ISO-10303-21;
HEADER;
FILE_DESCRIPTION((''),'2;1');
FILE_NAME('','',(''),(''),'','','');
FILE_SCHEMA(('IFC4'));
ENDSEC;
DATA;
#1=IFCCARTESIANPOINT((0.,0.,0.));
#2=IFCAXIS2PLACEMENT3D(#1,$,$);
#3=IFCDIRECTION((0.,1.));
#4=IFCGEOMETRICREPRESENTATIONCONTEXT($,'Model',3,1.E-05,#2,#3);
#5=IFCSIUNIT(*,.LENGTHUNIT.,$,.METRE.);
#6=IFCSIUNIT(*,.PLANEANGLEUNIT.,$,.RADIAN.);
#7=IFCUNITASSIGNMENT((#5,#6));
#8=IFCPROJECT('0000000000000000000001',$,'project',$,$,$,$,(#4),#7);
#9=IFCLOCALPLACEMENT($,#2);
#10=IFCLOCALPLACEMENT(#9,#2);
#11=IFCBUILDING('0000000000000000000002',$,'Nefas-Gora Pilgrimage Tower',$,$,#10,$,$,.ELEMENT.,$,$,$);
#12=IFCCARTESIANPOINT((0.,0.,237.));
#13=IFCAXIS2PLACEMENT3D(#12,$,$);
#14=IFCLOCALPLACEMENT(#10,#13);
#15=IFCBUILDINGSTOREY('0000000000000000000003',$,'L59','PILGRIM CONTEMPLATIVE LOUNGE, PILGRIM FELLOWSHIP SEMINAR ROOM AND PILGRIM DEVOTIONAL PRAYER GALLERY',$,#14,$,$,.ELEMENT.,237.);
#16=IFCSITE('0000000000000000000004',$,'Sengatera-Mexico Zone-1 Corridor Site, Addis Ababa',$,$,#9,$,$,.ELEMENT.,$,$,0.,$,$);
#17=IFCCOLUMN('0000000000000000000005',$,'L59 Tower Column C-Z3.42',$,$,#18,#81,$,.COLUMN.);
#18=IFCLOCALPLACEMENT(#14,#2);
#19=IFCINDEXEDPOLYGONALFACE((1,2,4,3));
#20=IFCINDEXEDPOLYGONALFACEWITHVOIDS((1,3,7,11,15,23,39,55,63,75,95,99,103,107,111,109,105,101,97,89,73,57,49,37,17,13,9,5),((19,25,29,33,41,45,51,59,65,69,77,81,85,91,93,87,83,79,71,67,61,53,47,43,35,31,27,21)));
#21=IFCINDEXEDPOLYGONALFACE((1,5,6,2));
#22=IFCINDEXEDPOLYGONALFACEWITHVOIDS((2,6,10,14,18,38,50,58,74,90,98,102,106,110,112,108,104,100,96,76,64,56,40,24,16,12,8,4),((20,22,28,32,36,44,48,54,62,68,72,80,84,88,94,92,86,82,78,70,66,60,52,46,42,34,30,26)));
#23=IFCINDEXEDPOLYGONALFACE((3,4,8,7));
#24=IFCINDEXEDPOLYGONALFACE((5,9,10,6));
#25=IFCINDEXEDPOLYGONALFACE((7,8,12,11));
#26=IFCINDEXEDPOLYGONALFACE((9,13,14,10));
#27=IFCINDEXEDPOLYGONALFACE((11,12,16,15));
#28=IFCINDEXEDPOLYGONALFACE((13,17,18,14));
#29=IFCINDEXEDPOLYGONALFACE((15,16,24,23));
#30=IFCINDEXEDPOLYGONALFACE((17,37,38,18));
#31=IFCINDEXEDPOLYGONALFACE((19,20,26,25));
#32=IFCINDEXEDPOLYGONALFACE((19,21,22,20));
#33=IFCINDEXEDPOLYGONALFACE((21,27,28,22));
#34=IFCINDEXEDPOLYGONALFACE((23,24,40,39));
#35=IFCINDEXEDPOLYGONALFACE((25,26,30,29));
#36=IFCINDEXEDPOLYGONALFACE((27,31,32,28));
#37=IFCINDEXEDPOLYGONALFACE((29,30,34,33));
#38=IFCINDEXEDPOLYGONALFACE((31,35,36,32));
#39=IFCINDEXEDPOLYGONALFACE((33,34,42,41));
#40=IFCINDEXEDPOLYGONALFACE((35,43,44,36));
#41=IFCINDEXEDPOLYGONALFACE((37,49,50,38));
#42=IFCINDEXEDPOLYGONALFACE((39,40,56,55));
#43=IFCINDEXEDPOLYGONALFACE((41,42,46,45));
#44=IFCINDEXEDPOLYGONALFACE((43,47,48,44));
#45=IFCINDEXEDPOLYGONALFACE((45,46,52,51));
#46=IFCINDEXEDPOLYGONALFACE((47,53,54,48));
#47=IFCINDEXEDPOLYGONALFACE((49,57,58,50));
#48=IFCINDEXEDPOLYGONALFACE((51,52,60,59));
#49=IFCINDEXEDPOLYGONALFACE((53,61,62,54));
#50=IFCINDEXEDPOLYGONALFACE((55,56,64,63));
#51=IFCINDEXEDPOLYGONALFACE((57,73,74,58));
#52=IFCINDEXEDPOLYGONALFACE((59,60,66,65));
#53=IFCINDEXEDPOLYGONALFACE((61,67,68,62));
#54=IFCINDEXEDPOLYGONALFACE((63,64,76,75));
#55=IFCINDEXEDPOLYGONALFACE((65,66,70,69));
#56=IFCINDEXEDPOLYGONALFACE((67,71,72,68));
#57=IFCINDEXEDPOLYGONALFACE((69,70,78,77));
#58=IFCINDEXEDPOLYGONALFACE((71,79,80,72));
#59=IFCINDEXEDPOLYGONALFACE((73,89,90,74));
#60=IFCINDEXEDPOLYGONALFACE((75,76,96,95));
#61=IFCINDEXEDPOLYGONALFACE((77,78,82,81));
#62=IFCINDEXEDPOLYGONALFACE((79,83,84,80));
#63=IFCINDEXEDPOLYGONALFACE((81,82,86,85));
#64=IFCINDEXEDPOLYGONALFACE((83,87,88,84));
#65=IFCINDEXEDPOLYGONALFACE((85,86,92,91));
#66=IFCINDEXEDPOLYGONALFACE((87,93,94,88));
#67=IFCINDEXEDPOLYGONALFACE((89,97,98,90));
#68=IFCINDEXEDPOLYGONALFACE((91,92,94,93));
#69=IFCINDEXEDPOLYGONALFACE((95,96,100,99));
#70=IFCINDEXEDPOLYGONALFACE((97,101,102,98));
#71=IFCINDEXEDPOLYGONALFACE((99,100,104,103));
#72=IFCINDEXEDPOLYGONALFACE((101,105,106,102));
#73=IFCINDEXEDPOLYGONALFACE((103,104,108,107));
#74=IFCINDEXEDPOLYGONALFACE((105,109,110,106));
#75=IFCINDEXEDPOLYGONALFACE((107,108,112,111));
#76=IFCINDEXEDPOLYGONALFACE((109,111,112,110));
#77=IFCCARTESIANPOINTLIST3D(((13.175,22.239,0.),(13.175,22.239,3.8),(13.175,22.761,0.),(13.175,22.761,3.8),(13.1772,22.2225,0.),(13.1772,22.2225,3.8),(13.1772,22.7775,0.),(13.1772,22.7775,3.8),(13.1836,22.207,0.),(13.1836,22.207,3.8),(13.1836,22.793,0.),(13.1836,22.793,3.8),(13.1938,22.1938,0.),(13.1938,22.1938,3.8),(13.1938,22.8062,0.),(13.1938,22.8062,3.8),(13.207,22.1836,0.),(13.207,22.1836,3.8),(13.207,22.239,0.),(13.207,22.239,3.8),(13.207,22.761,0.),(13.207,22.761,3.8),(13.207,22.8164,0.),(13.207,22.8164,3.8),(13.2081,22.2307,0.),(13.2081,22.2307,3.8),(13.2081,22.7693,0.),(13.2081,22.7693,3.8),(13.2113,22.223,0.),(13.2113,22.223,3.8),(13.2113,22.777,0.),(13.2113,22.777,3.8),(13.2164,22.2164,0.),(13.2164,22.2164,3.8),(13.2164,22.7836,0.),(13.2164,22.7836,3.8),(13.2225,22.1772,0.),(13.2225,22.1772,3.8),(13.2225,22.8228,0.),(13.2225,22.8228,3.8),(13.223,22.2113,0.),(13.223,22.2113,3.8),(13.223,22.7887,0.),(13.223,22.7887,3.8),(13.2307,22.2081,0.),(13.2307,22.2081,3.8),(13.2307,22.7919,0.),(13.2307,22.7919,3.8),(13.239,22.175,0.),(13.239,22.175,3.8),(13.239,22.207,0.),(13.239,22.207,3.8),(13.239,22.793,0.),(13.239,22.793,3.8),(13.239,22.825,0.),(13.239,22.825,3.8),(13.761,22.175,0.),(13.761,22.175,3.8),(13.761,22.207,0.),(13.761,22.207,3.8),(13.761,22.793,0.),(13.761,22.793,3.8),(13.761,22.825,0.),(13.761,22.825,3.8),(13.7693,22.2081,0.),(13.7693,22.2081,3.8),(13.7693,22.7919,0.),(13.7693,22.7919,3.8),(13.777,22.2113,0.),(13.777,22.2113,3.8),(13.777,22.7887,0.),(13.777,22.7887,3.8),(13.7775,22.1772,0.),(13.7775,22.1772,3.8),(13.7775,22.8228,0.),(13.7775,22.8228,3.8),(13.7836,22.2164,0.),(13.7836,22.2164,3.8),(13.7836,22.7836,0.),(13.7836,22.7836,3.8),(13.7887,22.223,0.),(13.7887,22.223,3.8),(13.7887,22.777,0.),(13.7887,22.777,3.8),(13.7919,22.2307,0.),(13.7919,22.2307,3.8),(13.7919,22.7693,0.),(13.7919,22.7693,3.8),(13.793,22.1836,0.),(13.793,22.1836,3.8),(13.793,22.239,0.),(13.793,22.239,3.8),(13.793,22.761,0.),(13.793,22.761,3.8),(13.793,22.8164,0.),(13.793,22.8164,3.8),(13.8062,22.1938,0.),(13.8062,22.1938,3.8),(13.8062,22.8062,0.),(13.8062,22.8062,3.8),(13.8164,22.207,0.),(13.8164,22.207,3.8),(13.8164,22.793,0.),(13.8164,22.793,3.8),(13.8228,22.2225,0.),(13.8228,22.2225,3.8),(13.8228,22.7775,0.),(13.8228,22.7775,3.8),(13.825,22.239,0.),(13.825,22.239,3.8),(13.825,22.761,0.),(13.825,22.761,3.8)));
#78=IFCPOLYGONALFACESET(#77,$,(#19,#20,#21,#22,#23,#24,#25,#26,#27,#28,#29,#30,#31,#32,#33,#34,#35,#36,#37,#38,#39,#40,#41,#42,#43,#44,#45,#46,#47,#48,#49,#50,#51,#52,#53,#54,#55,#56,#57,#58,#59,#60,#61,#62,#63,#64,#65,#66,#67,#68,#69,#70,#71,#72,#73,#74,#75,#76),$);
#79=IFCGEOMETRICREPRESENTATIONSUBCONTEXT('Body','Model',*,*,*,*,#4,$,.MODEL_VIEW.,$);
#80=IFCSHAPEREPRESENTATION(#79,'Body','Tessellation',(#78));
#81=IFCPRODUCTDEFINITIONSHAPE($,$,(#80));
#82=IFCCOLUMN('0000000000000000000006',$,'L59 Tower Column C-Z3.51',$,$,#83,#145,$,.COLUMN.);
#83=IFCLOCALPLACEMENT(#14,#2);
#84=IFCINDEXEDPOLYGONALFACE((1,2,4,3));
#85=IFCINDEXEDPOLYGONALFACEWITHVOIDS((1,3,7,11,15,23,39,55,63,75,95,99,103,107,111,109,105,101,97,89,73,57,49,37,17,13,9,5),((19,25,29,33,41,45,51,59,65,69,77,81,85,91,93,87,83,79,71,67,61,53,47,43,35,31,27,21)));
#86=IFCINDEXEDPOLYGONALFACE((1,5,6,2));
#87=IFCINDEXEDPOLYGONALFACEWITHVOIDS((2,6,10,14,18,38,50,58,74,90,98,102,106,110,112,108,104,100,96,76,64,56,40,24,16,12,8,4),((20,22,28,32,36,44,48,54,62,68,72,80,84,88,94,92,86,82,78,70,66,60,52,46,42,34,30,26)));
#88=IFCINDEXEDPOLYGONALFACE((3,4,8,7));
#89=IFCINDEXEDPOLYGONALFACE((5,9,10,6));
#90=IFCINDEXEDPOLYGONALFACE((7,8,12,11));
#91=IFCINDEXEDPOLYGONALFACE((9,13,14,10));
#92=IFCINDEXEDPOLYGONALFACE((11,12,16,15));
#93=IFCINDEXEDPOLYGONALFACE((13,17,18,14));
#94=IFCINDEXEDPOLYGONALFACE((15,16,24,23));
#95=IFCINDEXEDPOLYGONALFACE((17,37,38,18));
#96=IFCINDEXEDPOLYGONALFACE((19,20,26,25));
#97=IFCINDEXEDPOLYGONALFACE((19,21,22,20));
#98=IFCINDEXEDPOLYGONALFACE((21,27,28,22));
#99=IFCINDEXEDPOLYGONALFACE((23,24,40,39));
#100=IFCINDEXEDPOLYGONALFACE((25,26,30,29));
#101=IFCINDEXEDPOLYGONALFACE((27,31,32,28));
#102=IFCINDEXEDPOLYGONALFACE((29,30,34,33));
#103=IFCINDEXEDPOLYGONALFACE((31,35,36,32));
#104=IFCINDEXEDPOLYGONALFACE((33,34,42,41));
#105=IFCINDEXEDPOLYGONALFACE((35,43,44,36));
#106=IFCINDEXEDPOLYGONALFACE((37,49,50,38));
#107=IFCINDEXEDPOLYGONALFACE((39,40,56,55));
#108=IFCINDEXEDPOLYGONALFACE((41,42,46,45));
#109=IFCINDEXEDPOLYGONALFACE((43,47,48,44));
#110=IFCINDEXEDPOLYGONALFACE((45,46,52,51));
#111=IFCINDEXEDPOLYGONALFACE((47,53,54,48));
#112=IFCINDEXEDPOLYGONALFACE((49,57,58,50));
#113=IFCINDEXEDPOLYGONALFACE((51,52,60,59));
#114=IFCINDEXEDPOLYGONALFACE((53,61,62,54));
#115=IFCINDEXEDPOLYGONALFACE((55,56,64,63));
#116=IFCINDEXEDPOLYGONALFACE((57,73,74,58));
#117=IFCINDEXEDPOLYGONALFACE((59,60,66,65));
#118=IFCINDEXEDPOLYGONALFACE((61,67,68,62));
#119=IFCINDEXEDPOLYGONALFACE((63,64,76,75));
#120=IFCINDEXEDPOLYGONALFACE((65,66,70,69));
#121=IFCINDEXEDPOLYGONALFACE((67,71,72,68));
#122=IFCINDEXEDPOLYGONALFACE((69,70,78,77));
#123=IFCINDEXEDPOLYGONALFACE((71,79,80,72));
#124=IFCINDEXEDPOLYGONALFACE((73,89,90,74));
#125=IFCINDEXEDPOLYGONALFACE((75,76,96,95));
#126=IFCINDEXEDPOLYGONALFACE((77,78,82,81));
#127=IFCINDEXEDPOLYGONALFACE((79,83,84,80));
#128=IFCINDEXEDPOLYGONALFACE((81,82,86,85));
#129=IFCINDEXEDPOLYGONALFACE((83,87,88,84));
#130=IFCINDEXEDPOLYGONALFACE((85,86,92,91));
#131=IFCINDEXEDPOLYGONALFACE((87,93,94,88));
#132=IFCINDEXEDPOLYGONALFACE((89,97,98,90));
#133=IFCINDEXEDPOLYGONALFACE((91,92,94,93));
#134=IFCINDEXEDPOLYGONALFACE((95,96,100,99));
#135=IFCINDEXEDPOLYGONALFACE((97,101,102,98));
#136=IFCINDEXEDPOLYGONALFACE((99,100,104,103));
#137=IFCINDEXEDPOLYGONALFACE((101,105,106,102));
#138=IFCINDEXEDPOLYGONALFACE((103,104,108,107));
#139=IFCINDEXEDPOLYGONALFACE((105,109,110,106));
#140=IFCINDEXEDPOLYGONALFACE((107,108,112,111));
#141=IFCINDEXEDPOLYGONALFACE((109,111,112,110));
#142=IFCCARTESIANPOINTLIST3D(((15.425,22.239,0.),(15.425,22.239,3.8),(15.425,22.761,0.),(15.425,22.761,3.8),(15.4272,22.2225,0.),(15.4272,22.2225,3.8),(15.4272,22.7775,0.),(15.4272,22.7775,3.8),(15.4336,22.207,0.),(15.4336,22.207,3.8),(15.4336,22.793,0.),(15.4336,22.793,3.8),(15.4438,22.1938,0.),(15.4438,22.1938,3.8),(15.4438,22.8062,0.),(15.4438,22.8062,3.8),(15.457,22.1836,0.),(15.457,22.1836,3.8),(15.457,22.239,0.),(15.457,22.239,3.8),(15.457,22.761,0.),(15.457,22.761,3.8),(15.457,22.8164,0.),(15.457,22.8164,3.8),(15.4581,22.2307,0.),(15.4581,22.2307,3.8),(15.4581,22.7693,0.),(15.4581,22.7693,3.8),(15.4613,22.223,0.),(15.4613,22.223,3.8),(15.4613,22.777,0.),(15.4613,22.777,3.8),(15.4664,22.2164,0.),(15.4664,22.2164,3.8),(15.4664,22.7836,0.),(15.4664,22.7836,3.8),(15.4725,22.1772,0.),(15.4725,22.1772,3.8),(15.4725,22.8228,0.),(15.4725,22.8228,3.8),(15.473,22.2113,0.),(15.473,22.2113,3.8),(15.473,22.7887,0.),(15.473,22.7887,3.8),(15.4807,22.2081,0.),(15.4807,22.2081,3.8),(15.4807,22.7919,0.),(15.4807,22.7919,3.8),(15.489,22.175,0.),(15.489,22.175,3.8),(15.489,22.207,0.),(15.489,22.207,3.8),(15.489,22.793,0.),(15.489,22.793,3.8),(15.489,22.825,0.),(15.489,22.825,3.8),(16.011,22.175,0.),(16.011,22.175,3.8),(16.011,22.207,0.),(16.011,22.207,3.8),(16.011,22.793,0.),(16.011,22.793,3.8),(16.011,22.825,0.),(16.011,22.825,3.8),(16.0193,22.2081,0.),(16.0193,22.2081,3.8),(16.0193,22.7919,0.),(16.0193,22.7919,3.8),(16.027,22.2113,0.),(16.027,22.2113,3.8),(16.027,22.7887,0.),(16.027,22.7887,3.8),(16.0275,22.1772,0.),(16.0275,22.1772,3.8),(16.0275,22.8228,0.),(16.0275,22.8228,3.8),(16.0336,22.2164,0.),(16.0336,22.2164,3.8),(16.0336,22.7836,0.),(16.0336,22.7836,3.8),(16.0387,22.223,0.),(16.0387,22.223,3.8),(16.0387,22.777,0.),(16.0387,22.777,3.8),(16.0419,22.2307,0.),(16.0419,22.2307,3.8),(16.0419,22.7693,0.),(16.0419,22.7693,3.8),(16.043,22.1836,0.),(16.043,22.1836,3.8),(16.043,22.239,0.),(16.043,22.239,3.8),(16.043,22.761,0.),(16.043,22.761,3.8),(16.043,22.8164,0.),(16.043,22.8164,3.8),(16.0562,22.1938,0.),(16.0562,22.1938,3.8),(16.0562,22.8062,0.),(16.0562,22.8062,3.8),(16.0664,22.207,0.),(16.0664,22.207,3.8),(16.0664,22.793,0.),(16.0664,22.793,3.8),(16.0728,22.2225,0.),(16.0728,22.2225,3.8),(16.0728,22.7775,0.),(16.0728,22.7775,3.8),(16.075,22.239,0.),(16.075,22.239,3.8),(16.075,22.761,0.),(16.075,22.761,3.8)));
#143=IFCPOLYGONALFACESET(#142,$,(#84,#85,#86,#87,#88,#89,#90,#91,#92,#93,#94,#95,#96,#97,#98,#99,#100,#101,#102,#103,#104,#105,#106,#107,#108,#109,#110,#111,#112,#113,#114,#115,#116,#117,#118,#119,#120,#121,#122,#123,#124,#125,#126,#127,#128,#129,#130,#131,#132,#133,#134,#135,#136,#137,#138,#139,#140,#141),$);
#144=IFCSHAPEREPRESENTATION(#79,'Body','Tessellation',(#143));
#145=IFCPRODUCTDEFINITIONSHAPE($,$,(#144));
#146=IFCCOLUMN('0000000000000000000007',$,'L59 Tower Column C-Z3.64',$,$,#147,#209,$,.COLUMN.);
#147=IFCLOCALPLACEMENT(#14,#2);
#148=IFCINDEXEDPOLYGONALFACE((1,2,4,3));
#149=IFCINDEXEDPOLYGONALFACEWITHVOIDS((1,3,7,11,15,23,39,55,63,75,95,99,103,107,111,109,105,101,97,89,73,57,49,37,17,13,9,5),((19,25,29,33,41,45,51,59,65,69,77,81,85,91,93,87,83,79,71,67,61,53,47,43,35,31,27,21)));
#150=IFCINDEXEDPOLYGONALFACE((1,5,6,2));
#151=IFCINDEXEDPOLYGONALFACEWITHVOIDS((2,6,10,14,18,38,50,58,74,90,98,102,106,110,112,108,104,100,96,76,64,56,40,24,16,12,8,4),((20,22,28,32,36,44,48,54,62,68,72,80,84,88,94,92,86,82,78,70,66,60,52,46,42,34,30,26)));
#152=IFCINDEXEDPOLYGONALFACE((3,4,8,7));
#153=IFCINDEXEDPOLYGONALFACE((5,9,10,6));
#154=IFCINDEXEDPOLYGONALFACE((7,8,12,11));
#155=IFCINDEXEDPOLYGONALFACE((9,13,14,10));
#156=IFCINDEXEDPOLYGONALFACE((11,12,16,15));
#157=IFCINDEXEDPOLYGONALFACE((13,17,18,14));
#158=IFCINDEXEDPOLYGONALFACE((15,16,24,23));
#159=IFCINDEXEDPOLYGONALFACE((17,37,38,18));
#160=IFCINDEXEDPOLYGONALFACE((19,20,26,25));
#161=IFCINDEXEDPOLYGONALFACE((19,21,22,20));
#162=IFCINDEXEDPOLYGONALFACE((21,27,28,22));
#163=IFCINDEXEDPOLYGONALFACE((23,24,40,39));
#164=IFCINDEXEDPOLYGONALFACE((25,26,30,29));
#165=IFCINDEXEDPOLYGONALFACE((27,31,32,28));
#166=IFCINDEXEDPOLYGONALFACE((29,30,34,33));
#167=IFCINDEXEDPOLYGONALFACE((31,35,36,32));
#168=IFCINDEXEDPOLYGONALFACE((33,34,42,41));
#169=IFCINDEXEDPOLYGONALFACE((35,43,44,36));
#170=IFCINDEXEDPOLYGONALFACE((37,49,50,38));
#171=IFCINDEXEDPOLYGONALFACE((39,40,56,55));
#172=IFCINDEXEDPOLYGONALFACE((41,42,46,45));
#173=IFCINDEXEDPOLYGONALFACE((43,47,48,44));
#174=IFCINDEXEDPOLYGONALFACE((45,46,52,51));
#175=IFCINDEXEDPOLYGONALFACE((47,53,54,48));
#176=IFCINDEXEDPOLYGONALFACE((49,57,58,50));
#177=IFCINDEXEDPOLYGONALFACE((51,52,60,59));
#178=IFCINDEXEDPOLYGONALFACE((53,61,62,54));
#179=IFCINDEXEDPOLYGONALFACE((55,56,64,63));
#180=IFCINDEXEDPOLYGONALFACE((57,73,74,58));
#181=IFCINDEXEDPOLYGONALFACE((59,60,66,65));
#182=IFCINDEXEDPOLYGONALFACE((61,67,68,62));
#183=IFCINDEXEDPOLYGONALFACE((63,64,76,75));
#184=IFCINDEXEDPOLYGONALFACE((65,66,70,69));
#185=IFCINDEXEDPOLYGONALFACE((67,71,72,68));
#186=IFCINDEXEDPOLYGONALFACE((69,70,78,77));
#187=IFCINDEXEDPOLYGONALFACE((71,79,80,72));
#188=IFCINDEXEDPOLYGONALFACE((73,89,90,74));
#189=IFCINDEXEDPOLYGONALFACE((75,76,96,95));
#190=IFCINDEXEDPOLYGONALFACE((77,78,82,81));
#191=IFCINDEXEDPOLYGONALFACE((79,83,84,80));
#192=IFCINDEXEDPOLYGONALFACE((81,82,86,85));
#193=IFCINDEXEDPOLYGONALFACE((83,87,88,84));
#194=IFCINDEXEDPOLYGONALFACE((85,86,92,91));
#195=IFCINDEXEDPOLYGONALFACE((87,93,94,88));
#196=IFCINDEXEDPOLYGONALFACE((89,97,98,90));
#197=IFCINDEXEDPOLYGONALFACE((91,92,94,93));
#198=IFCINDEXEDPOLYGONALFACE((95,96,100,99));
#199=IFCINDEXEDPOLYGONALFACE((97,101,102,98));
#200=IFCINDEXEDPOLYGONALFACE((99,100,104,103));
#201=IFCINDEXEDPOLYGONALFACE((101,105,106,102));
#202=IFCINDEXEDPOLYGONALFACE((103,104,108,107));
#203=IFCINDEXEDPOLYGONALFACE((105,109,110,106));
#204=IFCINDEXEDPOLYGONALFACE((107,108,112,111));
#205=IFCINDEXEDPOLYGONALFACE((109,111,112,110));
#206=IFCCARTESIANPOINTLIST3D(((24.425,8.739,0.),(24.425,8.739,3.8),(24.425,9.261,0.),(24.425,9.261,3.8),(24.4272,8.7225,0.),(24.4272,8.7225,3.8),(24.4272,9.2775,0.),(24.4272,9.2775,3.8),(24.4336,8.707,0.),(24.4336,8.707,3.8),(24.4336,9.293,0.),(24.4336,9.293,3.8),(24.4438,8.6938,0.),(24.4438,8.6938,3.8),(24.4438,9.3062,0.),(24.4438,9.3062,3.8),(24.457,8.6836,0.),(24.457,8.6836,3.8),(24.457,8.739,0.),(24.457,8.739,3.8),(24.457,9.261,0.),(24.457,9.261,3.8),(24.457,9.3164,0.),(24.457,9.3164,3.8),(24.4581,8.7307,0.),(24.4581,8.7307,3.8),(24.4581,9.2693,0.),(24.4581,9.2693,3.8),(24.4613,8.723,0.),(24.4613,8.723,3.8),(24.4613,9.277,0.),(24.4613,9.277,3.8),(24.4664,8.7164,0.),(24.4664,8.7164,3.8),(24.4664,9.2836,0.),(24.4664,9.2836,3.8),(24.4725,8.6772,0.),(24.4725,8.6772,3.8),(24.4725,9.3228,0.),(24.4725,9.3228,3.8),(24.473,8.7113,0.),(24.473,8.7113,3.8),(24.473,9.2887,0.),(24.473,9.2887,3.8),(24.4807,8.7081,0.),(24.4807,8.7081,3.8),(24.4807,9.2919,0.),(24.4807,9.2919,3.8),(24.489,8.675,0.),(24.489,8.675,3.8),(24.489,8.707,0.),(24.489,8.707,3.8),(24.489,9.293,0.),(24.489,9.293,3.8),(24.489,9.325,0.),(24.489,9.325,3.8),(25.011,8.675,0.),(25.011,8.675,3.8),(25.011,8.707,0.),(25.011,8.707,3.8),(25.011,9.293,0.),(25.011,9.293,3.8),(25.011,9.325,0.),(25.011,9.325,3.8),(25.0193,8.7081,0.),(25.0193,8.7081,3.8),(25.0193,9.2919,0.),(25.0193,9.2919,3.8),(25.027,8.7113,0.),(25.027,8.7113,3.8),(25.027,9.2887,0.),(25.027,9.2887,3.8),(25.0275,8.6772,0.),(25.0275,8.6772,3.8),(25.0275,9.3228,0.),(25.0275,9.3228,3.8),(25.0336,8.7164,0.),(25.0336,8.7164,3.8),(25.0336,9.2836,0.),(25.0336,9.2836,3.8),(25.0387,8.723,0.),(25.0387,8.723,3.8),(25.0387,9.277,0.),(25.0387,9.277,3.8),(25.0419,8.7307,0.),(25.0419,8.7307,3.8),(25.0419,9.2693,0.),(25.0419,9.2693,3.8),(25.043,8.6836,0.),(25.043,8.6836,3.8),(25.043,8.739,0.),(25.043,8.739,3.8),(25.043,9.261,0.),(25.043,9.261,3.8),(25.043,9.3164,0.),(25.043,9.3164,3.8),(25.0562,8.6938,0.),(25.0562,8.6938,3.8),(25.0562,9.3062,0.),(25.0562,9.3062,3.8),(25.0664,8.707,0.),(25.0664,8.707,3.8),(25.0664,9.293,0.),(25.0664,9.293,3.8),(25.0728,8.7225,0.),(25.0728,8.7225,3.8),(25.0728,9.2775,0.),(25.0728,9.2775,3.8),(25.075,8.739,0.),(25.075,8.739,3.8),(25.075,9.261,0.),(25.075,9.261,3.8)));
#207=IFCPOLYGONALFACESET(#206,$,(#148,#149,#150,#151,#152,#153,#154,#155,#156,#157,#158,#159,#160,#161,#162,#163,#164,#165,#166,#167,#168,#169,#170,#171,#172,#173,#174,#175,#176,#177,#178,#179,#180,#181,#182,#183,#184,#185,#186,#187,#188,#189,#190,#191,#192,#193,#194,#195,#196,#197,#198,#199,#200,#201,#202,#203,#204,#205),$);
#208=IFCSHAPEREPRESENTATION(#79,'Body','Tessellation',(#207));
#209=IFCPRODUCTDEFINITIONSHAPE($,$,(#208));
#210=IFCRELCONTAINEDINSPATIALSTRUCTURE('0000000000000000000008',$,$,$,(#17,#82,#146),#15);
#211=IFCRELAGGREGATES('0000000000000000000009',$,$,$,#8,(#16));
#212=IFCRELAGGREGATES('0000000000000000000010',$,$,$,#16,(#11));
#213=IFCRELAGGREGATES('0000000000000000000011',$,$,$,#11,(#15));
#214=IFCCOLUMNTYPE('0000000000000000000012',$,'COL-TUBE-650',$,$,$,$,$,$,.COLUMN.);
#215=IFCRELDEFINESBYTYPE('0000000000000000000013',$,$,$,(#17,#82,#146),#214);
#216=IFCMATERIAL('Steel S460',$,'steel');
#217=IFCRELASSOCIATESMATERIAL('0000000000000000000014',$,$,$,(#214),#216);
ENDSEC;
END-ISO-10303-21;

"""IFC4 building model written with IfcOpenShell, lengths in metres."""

from ifc_helpers import new_model, si_unit, direction, frame, origin, origin_2d, place, context, subcontext, project, spatial, hollow_rectangle, extrude, source, transform, mapped, material, material_profile, profile_set, type_object, element, save


model = new_model("IFC4")

# Units and contexts
model_context = context("Model", 3, precision=1e-05, world=origin(), true_north=direction((0.0, 1.0)))
body_context = subcontext(model_context, "Body", "Model", "MODEL_VIEW")
ifc_project = project(units=[si_unit("LENGTHUNIT", "METRE"), si_unit("PLANEANGLEUNIT", "RADIAN")], contexts=[model_context])

# Site, building, storey
site_placement = place(None, origin())
site = spatial("IfcSite", under=ifc_project, at=site_placement, Name="Sengatera-Mexico Zone-1 Corridor Site, Addis Ababa", CompositionType="ELEMENT", RefElevation=0.0)
building_placement = place(site_placement, origin())
building = spatial("IfcBuilding", under=site, at=building_placement, Name="Nefas-Gora Pilgrimage Tower", CompositionType="ELEMENT")
storey_placement = place(building_placement, frame((0.0, 0.0, 237.0)))
storey = spatial("IfcBuildingStorey", under=building, at=storey_placement, Name="L59", Description="PILGRIM CONTEMPLATIVE LOUNGE, PILGRIM FELLOWSHIP SEMINAR ROOM AND PILGRIM DEVOTIONAL PRAYER GALLERY", CompositionType="ELEMENT", Elevation=237.0)

# Columns
ifc_material_1 = material(Name="Steel S460", Category="steel")
ifc_material_profile_1 = material_profile(ifc_material_1, hollow_rectangle(XDim=0.6499, YDim=0.6499, WallThickness=0.032, InnerFilletRadius=0.032, OuterFilletRadius=0.064, at=origin_2d()), Name="BOX 650x650x32")
ifc_profile_set_1 = profile_set([ifc_material_profile_1], Name="Steel S460")
column_type_1 = type_object("IfcColumnType", Name="COL-TUBE-650", PredefinedType="COLUMN", material=ifc_profile_set_1)
shared_shape_1 = source(origin(), body_context, "Body", "SweptSolid", [
    extrude(hollow_rectangle(XDim=0.6499, YDim=0.6499, WallThickness=0.032, InnerFilletRadius=0.032, OuterFilletRadius=0.064, at=origin_2d()), origin(), (0.0, 0.0, 1.0), 3.8),
])
for number, where, z_axis, x_axis, name in (
    (1, (13.5, 22.5, 0.0), (0.0, 0.0, 1.0), (1.0, 0.0, 0.0), "L59 Tower Column C-Z3.42"),
    (2, (15.75, 22.5, 0.0), (0.0, 0.0, 1.0), (1.0, 0.0, 0.0), "L59 Tower Column C-Z3.51"),
    (3, (24.75, 9.0, 0.0), (0.0, 0.0, 1.0), (1.0, 0.0, 0.0), "L59 Tower Column C-Z3.64"),
):
    element("IfcColumn", number, at=place(storey_placement, frame(where, z_axis=z_axis, x_axis=x_axis)), inside=storey, type_object=column_type_1, Name=name, PredefinedType="COLUMN", context=body_context, shape_type="MappedRepresentation", body=[
        mapped(shared_shape_1, transform((0.0, 0.0, 0.0), x_axis=(1.0, 0.0, 0.0), y_axis=(0.0, 1.0, 0.0), z_axis=(0.0, 0.0, 1.0), scale=1.0)),
    ])

save(model, "model.ifc")
